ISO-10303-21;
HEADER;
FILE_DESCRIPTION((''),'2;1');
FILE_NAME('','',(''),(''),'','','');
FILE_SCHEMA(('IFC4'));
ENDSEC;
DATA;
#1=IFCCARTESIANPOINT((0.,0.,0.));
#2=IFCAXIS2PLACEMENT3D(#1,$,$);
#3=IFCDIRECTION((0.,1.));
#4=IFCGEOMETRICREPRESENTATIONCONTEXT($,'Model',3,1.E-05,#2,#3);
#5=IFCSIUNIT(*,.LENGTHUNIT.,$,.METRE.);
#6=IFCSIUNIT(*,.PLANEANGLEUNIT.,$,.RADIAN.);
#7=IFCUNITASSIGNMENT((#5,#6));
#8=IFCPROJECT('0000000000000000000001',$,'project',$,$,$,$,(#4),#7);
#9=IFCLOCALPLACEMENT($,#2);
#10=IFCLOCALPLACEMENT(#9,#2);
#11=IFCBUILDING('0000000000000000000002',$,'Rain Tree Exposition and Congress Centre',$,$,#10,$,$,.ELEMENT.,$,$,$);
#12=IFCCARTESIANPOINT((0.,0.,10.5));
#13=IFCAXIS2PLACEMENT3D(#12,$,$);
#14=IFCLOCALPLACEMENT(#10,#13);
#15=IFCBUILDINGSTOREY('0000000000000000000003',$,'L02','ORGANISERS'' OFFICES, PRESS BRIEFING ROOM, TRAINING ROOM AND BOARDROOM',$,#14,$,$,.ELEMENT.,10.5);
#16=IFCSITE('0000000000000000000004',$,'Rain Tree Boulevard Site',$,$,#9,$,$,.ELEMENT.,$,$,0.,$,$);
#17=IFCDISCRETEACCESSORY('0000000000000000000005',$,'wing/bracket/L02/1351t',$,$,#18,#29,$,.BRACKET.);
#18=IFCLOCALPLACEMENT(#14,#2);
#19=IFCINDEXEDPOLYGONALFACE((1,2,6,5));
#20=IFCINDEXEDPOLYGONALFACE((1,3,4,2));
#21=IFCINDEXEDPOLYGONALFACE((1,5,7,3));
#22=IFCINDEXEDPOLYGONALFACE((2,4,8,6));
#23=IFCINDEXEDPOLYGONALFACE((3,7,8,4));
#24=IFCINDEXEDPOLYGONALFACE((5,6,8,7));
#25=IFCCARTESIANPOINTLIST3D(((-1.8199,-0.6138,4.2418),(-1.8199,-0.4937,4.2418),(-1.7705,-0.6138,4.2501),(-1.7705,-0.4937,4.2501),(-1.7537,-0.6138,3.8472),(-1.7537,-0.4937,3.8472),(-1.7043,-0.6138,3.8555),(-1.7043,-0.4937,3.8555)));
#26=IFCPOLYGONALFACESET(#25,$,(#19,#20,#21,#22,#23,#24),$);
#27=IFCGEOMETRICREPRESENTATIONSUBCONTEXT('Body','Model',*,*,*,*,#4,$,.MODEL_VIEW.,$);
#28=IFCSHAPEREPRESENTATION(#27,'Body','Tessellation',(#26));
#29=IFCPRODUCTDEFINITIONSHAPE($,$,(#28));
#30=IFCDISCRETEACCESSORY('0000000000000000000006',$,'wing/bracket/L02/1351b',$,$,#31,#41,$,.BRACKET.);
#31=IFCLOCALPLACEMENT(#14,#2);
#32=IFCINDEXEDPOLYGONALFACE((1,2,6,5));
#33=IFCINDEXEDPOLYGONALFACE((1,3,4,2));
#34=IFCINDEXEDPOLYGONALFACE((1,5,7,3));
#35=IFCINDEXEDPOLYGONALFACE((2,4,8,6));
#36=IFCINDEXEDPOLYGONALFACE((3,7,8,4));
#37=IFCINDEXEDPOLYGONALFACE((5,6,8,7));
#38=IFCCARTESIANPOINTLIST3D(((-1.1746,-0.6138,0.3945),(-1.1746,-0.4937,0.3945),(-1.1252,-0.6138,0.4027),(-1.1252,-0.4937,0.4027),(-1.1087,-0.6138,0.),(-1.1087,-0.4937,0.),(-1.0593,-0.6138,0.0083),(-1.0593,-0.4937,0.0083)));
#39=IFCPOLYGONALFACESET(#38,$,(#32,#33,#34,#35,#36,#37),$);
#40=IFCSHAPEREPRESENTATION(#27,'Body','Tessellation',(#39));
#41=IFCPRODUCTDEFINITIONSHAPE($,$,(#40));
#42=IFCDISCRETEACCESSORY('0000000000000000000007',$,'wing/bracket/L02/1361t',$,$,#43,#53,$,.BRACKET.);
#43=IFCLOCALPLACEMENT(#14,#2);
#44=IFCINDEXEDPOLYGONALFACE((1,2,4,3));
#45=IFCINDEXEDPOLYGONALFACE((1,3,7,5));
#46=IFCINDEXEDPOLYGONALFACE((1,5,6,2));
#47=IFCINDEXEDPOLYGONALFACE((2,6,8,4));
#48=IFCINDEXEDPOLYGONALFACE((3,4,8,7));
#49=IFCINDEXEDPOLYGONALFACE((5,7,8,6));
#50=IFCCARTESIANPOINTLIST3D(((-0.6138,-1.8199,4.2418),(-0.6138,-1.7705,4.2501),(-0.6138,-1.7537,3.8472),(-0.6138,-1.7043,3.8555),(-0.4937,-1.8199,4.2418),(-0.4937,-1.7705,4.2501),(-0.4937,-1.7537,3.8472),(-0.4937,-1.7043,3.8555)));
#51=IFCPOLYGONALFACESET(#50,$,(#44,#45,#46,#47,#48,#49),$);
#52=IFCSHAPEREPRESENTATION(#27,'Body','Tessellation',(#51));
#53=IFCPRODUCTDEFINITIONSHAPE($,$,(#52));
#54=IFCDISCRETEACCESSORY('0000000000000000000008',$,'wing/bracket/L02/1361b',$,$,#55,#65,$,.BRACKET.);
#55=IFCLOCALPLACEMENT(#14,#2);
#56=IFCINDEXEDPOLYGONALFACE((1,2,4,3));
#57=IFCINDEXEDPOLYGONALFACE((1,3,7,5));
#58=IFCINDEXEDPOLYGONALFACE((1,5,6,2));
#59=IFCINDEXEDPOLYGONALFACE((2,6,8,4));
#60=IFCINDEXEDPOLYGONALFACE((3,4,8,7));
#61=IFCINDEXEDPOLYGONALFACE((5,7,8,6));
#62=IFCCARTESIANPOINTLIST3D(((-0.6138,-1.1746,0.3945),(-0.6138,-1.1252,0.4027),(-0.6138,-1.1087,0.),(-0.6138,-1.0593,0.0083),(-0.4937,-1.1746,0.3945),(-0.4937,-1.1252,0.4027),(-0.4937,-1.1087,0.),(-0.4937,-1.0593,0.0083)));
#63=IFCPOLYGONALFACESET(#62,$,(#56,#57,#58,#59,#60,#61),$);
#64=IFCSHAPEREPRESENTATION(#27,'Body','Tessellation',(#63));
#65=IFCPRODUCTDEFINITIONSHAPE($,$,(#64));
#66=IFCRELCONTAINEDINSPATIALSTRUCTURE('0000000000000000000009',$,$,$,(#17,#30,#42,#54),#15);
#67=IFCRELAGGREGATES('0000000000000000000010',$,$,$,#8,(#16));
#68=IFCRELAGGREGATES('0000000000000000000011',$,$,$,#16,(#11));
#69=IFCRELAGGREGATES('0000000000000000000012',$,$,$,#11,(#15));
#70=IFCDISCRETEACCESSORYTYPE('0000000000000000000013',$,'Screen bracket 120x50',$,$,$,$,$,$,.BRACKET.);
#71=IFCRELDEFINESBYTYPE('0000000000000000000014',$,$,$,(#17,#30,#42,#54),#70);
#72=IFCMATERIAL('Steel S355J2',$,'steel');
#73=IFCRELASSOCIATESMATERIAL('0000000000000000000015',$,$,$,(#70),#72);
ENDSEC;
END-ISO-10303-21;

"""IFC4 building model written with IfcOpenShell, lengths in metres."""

from ifc_helpers import new_model, si_unit, direction, frame, origin, origin_2d, place, context, subcontext, project, spatial, rectangle, extrude, material, material_profile, profile_set, type_object, element, save


model = new_model("IFC4")

# Units and contexts
model_context = context("Model", 3, precision=1e-05, world=origin(), true_north=direction((0.0, 1.0)))
body_context = subcontext(model_context, "Body", "Model", "MODEL_VIEW")
ifc_project = project(units=[si_unit("LENGTHUNIT", "METRE"), si_unit("PLANEANGLEUNIT", "RADIAN")], contexts=[model_context])

# Site, building, storey
site_placement = place(None, origin())
site = spatial("IfcSite", under=ifc_project, at=site_placement, Name="Rain Tree Boulevard Site", CompositionType="ELEMENT", RefElevation=0.0)
building_placement = place(site_placement, origin())
building = spatial("IfcBuilding", under=site, at=building_placement, Name="Rain Tree Exposition and Congress Centre", CompositionType="ELEMENT")
storey_placement = place(building_placement, frame((0.0, 0.0, 10.5)))
storey = spatial("IfcBuildingStorey", under=building, at=storey_placement, Name="L02", Description="ORGANISERS' OFFICES, PRESS BRIEFING ROOM, TRAINING ROOM AND BOARDROOM", CompositionType="ELEMENT", Elevation=10.5)

# Discrete accessories
ifc_material_1 = material(Name="Steel S355J2", Category="steel")
ifc_material_profile = material_profile(ifc_material_1, rectangle(XDim=0.1201, YDim=0.05, at=origin_2d()), Name="Flat bar 120x50")
ifc_profile_set = profile_set([ifc_material_profile], Name="Steel S355J2")
discrete_accessory_type = type_object("IfcDiscreteAccessoryType", Name="Screen bracket 120x50", PredefinedType="BRACKET", material=ifc_profile_set)
discrete_accessory_1_placement = place(storey_placement, frame((-1.729, -0.5537, 3.8513), z_axis=(-0.165389, 0.0, 0.986228), x_axis=(0.0, -1.0, 0.0)))
element("IfcDiscreteAccessory", 1, at=discrete_accessory_1_placement, inside=storey, type_object=discrete_accessory_type, Name="wing/bracket/L02/1351t", PredefinedType="BRACKET", context=body_context, shape_type="SweptSolid", body=[
    extrude(rectangle(XDim=0.1201, YDim=0.05, at=origin_2d()), origin(), (0.0, 0.0, 1.0), 0.4001),
])
discrete_accessory_2_placement = place(storey_placement, frame((-1.084, -0.5537, 0.0042), z_axis=(-0.164795, 0.0, 0.986328), x_axis=(0.0, -1.0, 0.0)))
element("IfcDiscreteAccessory", 2, at=discrete_accessory_2_placement, inside=storey, type_object=discrete_accessory_type, Name="wing/bracket/L02/1351b", PredefinedType="BRACKET", context=body_context, shape_type="SweptSolid", body=[
    extrude(rectangle(XDim=0.1201, YDim=0.05, at=origin_2d()), origin(), (0.0, 0.0, 1.0), 0.3999),
])
discrete_accessory_3_placement = place(storey_placement, frame((-0.5537, -1.729, 3.8513), z_axis=(0.0, -0.165389, 0.986228), x_axis=(1.0, 0.0, 0.0)))
element("IfcDiscreteAccessory", 3, at=discrete_accessory_3_placement, inside=storey, type_object=discrete_accessory_type, Name="wing/bracket/L02/1361t", PredefinedType="BRACKET", context=body_context, shape_type="SweptSolid", body=[
    extrude(rectangle(XDim=0.1201, YDim=0.05, at=origin_2d()), origin(), (0.0, 0.0, 1.0), 0.4001),
])
discrete_accessory_4_placement = place(storey_placement, frame((-0.5537, -1.084, 0.0042), z_axis=(0.0, -0.164795, 0.986328), x_axis=(1.0, 0.0, 0.0)))
element("IfcDiscreteAccessory", 4, at=discrete_accessory_4_placement, inside=storey, type_object=discrete_accessory_type, Name="wing/bracket/L02/1361b", PredefinedType="BRACKET", context=body_context, shape_type="SweptSolid", body=[
    extrude(rectangle(XDim=0.1201, YDim=0.05, at=origin_2d()), origin(), (0.0, 0.0, 1.0), 0.3999),
])

save(model, "model.ifc")
